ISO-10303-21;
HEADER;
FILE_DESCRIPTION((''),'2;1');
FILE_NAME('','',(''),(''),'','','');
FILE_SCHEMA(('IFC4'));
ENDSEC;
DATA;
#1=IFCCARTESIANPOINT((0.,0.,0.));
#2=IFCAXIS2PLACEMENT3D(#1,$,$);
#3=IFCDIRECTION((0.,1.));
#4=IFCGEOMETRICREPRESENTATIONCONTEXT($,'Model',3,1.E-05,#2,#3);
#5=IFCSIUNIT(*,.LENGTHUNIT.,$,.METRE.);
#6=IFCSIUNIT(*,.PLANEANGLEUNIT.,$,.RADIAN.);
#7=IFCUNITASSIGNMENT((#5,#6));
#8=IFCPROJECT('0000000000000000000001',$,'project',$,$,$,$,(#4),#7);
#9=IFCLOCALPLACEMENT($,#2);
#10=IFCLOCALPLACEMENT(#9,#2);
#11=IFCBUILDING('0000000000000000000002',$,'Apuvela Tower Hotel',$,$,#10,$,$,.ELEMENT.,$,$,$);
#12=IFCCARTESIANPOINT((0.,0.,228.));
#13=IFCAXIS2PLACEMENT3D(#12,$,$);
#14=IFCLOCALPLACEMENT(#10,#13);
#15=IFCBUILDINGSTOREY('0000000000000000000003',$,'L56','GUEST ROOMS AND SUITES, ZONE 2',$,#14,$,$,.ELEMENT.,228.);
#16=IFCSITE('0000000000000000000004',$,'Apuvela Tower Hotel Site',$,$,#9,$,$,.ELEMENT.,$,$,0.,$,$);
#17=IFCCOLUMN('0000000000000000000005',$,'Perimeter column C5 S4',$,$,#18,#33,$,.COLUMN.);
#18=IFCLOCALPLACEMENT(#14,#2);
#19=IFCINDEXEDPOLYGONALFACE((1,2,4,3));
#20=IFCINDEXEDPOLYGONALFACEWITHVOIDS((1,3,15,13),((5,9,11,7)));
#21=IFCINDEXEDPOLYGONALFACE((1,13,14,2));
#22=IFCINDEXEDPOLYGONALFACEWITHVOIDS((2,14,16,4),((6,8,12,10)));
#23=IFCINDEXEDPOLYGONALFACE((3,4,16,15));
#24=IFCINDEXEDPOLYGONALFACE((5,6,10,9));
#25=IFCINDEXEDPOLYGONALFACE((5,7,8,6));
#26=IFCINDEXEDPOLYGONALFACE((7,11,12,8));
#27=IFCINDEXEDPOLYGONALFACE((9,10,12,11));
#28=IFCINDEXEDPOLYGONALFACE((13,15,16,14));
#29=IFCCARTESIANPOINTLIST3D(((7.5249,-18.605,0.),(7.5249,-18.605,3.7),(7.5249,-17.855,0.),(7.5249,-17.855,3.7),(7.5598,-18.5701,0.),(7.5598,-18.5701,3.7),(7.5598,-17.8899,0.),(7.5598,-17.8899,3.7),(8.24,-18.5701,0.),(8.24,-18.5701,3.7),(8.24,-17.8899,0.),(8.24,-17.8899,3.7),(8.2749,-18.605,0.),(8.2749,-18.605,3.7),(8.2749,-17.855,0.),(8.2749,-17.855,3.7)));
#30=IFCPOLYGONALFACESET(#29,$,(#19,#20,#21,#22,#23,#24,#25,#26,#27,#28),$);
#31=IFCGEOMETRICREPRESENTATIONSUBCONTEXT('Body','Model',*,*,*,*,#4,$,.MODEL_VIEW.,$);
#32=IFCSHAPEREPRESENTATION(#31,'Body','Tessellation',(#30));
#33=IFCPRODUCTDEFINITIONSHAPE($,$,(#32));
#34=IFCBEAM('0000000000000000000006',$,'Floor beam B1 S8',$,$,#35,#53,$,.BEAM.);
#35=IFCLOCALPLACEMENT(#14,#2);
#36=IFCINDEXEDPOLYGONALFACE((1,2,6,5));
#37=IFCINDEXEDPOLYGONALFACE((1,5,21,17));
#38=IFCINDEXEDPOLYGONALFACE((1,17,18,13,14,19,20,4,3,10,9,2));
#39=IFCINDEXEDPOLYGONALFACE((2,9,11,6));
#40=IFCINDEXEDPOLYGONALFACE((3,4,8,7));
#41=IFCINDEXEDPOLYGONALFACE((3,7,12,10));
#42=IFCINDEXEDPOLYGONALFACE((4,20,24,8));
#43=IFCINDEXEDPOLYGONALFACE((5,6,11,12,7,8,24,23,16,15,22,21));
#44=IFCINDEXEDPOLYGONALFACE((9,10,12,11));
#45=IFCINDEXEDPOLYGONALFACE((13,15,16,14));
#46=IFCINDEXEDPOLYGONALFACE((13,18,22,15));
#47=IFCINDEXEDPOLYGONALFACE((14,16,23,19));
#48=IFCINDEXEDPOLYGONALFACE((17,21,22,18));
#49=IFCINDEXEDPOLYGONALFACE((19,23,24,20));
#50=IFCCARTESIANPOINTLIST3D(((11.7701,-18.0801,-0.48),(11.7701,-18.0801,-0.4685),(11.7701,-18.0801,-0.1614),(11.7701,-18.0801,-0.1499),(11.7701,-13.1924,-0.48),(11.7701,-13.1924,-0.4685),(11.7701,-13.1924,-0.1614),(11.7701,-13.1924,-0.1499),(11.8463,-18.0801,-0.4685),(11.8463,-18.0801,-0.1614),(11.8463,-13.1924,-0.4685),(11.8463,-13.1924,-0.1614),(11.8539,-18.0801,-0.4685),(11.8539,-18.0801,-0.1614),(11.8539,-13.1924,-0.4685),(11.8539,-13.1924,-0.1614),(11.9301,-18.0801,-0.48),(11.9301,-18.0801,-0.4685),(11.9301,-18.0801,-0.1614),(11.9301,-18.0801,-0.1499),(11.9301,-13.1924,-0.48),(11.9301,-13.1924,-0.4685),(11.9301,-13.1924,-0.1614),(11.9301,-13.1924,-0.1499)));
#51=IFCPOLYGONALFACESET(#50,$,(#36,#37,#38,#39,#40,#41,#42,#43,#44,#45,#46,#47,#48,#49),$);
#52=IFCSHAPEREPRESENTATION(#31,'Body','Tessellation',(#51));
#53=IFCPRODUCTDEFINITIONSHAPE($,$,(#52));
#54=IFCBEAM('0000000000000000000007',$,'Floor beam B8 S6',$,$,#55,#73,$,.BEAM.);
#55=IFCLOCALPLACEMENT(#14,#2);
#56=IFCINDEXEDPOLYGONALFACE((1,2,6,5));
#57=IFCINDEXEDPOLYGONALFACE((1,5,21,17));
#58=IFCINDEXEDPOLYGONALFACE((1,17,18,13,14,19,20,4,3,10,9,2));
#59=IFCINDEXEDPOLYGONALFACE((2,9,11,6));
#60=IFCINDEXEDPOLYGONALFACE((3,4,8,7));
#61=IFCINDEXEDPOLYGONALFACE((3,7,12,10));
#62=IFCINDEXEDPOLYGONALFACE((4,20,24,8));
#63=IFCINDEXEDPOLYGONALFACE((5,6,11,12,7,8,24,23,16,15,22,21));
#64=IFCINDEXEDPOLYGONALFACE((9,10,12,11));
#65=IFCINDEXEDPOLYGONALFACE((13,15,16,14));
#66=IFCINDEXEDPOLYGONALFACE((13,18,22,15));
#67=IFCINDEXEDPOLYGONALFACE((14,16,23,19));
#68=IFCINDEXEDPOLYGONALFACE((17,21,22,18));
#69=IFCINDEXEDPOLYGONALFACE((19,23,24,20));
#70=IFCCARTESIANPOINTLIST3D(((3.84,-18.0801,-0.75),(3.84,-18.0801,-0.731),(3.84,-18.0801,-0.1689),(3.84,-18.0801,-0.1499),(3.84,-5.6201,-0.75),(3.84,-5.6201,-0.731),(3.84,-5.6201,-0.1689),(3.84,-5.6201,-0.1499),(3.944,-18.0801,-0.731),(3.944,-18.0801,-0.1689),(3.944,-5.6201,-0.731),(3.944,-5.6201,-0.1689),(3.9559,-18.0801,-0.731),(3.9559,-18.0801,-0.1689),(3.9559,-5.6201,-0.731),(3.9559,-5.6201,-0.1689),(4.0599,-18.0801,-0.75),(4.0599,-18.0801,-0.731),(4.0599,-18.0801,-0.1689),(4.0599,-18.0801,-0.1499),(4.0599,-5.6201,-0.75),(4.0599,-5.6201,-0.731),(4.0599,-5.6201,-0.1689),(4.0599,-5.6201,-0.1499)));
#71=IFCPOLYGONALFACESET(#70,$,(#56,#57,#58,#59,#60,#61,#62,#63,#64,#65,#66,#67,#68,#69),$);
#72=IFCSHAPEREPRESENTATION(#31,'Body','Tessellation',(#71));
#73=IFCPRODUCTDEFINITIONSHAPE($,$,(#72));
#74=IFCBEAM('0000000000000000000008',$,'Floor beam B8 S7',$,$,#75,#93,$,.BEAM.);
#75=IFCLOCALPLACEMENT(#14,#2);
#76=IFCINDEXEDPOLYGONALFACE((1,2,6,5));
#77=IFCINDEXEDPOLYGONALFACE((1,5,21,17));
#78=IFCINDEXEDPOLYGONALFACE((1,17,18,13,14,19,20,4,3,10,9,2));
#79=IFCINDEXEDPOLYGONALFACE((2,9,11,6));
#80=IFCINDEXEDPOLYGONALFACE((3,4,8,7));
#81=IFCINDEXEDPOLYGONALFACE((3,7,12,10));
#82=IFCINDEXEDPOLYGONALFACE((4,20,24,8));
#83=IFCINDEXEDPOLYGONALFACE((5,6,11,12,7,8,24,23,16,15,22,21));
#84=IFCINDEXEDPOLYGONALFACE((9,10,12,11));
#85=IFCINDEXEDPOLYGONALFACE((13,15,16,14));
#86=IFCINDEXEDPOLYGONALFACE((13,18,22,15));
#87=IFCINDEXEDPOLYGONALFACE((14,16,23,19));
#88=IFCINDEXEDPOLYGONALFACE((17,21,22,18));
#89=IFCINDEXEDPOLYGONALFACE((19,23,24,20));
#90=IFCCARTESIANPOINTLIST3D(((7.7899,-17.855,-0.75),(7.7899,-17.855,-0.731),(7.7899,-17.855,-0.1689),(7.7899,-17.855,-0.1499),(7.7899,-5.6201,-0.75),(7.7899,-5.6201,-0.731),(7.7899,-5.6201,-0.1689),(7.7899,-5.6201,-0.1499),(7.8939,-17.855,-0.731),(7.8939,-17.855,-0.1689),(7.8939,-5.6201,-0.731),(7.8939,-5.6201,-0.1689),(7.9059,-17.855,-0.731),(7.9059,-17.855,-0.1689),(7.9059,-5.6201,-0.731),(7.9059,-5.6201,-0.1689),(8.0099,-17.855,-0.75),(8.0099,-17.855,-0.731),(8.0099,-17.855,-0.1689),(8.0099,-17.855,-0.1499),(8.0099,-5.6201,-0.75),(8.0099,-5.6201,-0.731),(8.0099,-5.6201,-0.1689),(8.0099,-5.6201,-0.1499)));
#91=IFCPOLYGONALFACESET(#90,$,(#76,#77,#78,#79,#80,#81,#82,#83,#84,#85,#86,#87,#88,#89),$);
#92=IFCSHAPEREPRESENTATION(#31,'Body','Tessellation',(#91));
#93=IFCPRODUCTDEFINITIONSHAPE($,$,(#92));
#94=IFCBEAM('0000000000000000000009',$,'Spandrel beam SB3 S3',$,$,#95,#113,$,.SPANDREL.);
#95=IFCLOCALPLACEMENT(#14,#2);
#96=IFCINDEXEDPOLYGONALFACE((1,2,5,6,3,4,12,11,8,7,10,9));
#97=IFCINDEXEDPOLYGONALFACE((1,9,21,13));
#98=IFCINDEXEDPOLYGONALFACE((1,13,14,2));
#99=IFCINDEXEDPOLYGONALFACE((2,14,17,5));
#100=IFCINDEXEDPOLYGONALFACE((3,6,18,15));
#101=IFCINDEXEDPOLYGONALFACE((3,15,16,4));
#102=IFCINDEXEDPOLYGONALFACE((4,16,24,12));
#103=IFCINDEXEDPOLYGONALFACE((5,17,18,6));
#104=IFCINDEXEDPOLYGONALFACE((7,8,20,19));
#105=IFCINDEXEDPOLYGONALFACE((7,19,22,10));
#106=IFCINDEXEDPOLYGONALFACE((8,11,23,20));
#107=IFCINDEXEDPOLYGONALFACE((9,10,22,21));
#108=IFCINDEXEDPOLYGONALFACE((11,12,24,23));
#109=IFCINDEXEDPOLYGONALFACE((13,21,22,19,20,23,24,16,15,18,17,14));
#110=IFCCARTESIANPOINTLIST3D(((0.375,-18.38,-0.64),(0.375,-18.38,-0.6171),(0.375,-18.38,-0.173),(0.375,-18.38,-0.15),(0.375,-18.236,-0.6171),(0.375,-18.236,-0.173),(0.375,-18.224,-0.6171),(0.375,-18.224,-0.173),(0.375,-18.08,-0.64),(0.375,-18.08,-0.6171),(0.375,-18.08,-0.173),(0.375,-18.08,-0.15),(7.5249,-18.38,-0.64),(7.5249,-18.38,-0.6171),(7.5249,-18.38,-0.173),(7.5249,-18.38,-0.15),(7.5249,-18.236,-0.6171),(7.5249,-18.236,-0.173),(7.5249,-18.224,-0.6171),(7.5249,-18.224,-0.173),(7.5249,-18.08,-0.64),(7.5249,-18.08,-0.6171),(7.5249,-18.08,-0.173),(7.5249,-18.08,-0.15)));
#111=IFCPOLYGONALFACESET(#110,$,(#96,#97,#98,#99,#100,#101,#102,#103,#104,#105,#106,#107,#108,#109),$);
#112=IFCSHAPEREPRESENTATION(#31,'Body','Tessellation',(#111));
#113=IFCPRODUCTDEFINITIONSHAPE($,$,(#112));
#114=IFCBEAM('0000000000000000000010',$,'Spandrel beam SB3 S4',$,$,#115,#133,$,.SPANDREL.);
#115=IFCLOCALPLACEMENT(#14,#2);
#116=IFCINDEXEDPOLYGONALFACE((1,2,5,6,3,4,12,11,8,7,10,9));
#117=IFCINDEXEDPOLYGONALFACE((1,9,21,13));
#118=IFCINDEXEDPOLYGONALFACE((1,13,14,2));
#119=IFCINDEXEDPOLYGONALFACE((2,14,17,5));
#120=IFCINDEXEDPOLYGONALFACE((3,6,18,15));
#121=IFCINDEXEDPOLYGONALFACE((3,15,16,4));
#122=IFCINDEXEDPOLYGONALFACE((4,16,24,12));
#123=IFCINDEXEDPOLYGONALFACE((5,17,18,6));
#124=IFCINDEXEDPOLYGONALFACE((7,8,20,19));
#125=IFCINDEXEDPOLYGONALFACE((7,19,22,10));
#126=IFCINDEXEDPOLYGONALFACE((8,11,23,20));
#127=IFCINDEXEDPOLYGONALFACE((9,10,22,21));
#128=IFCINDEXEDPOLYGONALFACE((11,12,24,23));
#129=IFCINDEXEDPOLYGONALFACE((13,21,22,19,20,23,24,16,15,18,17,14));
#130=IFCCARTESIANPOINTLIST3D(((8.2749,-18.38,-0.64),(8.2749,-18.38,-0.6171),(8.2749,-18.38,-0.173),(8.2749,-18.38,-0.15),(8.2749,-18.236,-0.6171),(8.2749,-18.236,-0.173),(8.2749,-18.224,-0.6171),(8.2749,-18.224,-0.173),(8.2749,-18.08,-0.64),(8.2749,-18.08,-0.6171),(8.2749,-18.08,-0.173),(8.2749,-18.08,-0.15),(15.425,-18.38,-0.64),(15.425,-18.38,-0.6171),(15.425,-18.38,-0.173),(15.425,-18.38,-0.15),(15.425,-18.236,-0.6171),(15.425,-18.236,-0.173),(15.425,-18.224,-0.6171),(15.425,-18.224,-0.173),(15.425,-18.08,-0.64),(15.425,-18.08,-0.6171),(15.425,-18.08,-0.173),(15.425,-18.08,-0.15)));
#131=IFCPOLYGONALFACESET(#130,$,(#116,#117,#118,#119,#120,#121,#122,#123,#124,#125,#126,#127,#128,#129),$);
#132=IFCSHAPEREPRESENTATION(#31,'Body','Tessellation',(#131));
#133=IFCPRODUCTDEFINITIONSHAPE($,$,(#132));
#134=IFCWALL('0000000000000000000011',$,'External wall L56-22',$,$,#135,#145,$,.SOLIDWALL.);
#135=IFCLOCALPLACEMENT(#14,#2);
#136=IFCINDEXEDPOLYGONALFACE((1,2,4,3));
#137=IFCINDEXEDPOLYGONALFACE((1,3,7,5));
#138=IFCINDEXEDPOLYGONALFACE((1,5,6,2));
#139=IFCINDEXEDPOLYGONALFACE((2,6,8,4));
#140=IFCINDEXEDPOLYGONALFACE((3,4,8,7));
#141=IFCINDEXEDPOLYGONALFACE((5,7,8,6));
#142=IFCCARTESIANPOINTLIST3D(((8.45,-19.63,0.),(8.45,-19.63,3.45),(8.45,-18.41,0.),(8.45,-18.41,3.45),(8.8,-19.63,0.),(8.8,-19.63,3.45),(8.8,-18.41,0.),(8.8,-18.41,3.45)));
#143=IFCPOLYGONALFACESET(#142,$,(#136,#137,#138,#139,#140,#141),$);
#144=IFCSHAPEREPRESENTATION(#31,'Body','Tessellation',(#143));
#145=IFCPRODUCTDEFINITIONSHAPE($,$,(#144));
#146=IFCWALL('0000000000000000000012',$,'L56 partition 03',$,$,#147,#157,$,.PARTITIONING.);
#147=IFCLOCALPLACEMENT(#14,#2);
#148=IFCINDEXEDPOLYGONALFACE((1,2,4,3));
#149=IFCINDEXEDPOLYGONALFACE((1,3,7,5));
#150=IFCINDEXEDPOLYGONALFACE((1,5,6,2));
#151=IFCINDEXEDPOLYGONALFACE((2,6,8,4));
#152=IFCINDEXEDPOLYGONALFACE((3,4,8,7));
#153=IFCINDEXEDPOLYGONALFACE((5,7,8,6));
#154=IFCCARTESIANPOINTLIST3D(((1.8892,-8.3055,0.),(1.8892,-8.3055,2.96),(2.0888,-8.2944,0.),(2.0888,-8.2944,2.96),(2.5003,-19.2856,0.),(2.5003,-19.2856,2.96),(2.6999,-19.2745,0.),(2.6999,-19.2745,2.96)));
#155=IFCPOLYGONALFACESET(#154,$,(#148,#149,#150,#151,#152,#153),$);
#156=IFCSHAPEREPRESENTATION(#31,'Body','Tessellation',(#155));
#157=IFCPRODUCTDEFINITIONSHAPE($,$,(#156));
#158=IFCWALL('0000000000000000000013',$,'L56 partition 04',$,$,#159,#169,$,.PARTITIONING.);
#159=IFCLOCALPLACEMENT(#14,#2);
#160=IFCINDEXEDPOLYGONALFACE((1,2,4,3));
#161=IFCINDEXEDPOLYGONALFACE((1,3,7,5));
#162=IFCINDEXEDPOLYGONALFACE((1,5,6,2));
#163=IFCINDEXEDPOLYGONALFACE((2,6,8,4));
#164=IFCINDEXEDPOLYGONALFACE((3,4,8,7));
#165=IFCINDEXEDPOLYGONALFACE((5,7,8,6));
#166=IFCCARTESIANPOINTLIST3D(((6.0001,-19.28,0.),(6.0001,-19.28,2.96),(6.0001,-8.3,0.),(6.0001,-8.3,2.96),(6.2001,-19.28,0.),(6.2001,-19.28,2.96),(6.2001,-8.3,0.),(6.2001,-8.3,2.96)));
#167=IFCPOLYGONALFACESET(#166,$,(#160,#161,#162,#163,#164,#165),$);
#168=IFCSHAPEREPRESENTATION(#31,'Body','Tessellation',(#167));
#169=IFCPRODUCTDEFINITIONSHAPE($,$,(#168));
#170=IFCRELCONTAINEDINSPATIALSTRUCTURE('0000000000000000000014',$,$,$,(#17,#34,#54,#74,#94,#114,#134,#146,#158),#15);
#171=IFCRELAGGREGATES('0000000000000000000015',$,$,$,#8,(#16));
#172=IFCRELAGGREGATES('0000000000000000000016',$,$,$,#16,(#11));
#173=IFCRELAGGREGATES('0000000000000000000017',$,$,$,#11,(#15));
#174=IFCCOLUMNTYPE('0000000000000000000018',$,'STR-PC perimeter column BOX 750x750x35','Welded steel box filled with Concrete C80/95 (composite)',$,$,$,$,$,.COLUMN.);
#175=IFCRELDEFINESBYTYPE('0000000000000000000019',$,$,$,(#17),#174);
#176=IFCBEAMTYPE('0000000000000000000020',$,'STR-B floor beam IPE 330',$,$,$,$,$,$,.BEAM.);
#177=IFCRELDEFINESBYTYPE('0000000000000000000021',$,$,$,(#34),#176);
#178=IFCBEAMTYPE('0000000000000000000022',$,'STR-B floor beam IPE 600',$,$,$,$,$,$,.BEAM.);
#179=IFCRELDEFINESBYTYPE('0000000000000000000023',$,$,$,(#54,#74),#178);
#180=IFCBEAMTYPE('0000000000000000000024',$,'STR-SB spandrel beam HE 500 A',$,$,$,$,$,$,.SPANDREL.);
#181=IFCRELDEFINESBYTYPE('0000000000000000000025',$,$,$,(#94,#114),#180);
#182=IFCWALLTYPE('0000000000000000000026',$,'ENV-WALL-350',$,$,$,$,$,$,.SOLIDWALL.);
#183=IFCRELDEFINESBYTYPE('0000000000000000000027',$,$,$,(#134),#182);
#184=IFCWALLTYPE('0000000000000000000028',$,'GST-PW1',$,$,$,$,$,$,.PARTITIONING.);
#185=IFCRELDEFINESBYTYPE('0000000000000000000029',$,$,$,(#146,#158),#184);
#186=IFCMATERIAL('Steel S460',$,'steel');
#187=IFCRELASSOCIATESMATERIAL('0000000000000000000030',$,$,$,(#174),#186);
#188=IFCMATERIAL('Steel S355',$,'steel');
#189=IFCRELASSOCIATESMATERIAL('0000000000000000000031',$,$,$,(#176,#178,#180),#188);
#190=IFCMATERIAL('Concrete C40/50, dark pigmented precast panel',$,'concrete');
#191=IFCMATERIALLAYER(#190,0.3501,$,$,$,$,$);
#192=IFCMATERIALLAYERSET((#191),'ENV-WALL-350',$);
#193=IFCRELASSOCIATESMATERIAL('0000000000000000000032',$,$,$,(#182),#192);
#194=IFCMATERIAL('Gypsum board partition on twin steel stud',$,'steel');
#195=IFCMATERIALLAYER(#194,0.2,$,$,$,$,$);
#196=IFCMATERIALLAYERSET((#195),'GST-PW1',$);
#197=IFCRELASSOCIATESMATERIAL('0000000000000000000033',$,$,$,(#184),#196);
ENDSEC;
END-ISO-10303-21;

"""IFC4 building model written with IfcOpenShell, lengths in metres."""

from ifc_helpers import new_model, si_unit, direction, frame, frame_2d, origin, origin_2d, place, context, subcontext, project, spatial, rectangle, hollow_rectangle, i_section, extrude, material, layer, layer_set, material_profile, profile_set, type_object, element, save


model = new_model("IFC4")

# Units and contexts
model_context = context("Model", 3, precision=1e-05, world=origin(), true_north=direction((0.0, 1.0)))
body_context = subcontext(model_context, "Body", "Model", "MODEL_VIEW")
ifc_project = project(units=[si_unit("LENGTHUNIT", "METRE"), si_unit("PLANEANGLEUNIT", "RADIAN")], contexts=[model_context])

# Site, building, storey
site_placement = place(None, origin())
site = spatial("IfcSite", under=ifc_project, at=site_placement, Name="Apuvela Tower Hotel Site", CompositionType="ELEMENT", RefElevation=0.0)
building_placement = place(site_placement, origin())
building = spatial("IfcBuilding", under=site, at=building_placement, Name="Apuvela Tower Hotel", CompositionType="ELEMENT")
storey_placement = place(building_placement, frame((0.0, 0.0, 228.0)))
storey = spatial("IfcBuildingStorey", under=building, at=storey_placement, Name="L56", Description="GUEST ROOMS AND SUITES, ZONE 2", CompositionType="ELEMENT", Elevation=228.0)

# Column
ifc_material_1 = material(Name="Steel S460", Category="steel")
ifc_material_profile_1 = material_profile(ifc_material_1, hollow_rectangle(XDim=0.75, YDim=0.75, WallThickness=0.0349, at=origin_2d()), Name="BOX 750x750x35")
ifc_material_2 = material(Name="Concrete C80/95", Category="concrete")
ifc_material_profile_2 = material_profile(ifc_material_2, rectangle(XDim=0.6799, YDim=0.6799, at=origin_2d()), Name="Concrete C80/95 infill")
ifc_profile_set_1 = profile_set([ifc_material_profile_1, ifc_material_profile_2], Name="Steel S460")
column_type = type_object("IfcColumnType", Name="STR-PC perimeter column BOX 750x750x35", Description="Welded steel box filled with Concrete C80/95 (composite)", PredefinedType="COLUMN", material=ifc_profile_set_1)
column_placement = place(storey_placement, frame((7.8999, -18.23, 0.0), z_axis=(0.0, 0.0, 1.0), x_axis=(-1.0, 0.0, 0.0)))
element("IfcColumn", 1, at=column_placement, inside=storey, type_object=column_type, Name="Perimeter column C5 S4", PredefinedType="COLUMN", context=body_context, shape_type="SweptSolid", body=[
    extrude(hollow_rectangle(XDim=0.75, YDim=0.75, WallThickness=0.0349, at=origin_2d()), origin(), (0.0, 0.0, 1.0), 3.7),
])

# Beams
ifc_material_3 = material(Name="Steel S355", Category="steel")
ifc_material_profile_3 = material_profile(ifc_material_3, i_section(OverallWidth=0.1599, OverallDepth=0.3301, WebThickness=0.0076, FlangeThickness=0.0115, at=origin_2d()), Name="IPE 330")
ifc_profile_set_2 = profile_set([ifc_material_profile_3], Name="Steel S355")
beam_type_1 = type_object("IfcBeamType", Name="STR-B floor beam IPE 330", PredefinedType="BEAM", material=ifc_profile_set_2)
beam_1_placement = place(storey_placement, frame((11.8501, -18.0801, -0.3149), z_axis=(0.0, 1.0, 0.0), x_axis=(-1.0, 0.0, 0.0)))
element("IfcBeam", 2, at=beam_1_placement, inside=storey, type_object=beam_type_1, Name="Floor beam B1 S8", PredefinedType="BEAM", context=body_context, shape_type="SweptSolid", body=[
    extrude(i_section(OverallWidth=0.1599, OverallDepth=0.3301, WebThickness=0.0076, FlangeThickness=0.0115, at=origin_2d()), origin(), (0.0, 0.0, 1.0), 4.8877),
])
ifc_material_profile_4 = material_profile(ifc_material_3, i_section(OverallWidth=0.22, OverallDepth=0.6001, WebThickness=0.012, FlangeThickness=0.019, at=origin_2d()), Name="IPE 600")
ifc_profile_set_3 = profile_set([ifc_material_profile_4], Name="Steel S355")
beam_type_2 = type_object("IfcBeamType", Name="STR-B floor beam IPE 600", PredefinedType="BEAM", material=ifc_profile_set_3)
beam_2_placement = place(storey_placement, frame((3.95, -18.0801, -0.45), z_axis=(0.0, 1.0, 0.0), x_axis=(-1.0, 0.0, 0.0)))
element("IfcBeam", 3, at=beam_2_placement, inside=storey, type_object=beam_type_2, Name="Floor beam B8 S6", PredefinedType="BEAM", context=body_context, shape_type="SweptSolid", body=[
    extrude(i_section(OverallWidth=0.22, OverallDepth=0.6001, WebThickness=0.012, FlangeThickness=0.019, at=origin_2d()), origin(), (0.0, 0.0, 1.0), 12.46),
])
beam_3_placement = place(storey_placement, frame((7.8999, -17.855, -0.45), z_axis=(0.0, 1.0, 0.0), x_axis=(-1.0, 0.0, 0.0)))
element("IfcBeam", 4, at=beam_3_placement, inside=storey, type_object=beam_type_2, Name="Floor beam B8 S7", PredefinedType="BEAM", context=body_context, shape_type="SweptSolid", body=[
    extrude(i_section(OverallWidth=0.22, OverallDepth=0.6001, WebThickness=0.012, FlangeThickness=0.019, at=origin_2d()), origin(), (0.0, 0.0, 1.0), 12.2349),
])
ifc_material_profile_5 = material_profile(ifc_material_3, i_section(OverallWidth=0.3, OverallDepth=0.49, WebThickness=0.012, FlangeThickness=0.0229, at=origin_2d()), Name="HE 500 A")
ifc_profile_set_4 = profile_set([ifc_material_profile_5], Name="Steel S355")
beam_type_3 = type_object("IfcBeamType", Name="STR-SB spandrel beam HE 500 A", PredefinedType="SPANDREL", material=ifc_profile_set_4)
beam_4_placement = place(storey_placement, frame((0.375, -18.23, -0.395), z_axis=(1.0, 0.0, 0.0), x_axis=(0.0, 1.0, 0.0)))
element("IfcBeam", 5, at=beam_4_placement, inside=storey, type_object=beam_type_3, Name="Spandrel beam SB3 S3", PredefinedType="SPANDREL", context=body_context, shape_type="SweptSolid", body=[
    extrude(i_section(OverallWidth=0.3, OverallDepth=0.49, WebThickness=0.012, FlangeThickness=0.0229, at=origin_2d()), origin(), (0.0, 0.0, 1.0), 7.1499),
])
beam_5_placement = place(storey_placement, frame((8.2749, -18.23, -0.395), z_axis=(1.0, 0.0, 0.0), x_axis=(0.0, 1.0, 0.0)))
element("IfcBeam", 6, at=beam_5_placement, inside=storey, type_object=beam_type_3, Name="Spandrel beam SB3 S4", PredefinedType="SPANDREL", context=body_context, shape_type="SweptSolid", body=[
    extrude(i_section(OverallWidth=0.3, OverallDepth=0.49, WebThickness=0.012, FlangeThickness=0.0229, at=origin_2d()), origin(), (0.0, 0.0, 1.0), 7.1501),
])

# Wall
ifc_material_4 = material(Name="Concrete C40/50, dark pigmented precast panel", Category="concrete")
ifc_layer_1 = layer(ifc_material_4, 0.3501)
ifc_layer_set_1 = layer_set([ifc_layer_1], Name="ENV-WALL-350")
wall_type_1 = type_object("IfcWallType", Name="ENV-WALL-350", PredefinedType="SOLIDWALL", material=ifc_layer_set_1)
wall_1_placement = place(storey_placement, frame((8.625, -19.6299, 0.0), z_axis=(0.0, 0.0, 1.0), x_axis=(0.0, 1.0, 0.0)))
element("IfcWall", 7, at=wall_1_placement, inside=storey, type_object=wall_type_1, Name="External wall L56-22", PredefinedType="SOLIDWALL", context=body_context, shape_type="SweptSolid", body=[
    extrude(rectangle(XDim=1.22, YDim=0.3501, at=frame_2d((0.6099, 0.0))), origin(), (0.0, 0.0, 1.0), 3.45),
])

# Walls
ifc_material_5 = material(Name="Gypsum board partition on twin steel stud", Category="steel")
ifc_layer_2 = layer(ifc_material_5, 0.2)
ifc_layer_set_2 = layer_set([ifc_layer_2], Name="GST-PW1")
wall_type_2 = type_object("IfcWallType", Name="GST-PW1", PredefinedType="PARTITIONING", material=ifc_layer_set_2)
wall_2_placement = place(storey_placement, frame((2.6001, -19.28, 0.0), z_axis=(0.0, 0.0, 1.0), x_axis=(-0.055568, 0.998455, 0.0)))
element("IfcWall", 8, at=wall_2_placement, inside=storey, type_object=wall_type_2, Name="L56 partition 03", PredefinedType="PARTITIONING", context=body_context, shape_type="SweptSolid", body=[
    extrude(rectangle(XDim=10.9971, YDim=0.2, at=frame_2d((5.4985, 0.0))), origin(), (0.0, 0.0, 1.0), 2.96),
])
wall_3_placement = place(storey_placement, frame((6.1001, -19.28, 0.0), z_axis=(0.0, 0.0, 1.0), x_axis=(0.0, 1.0, 0.0)))
element("IfcWall", 9, at=wall_3_placement, inside=storey, type_object=wall_type_2, Name="L56 partition 04", PredefinedType="PARTITIONING", context=body_context, shape_type="SweptSolid", body=[
    extrude(rectangle(XDim=10.98, YDim=0.2, at=frame_2d((5.49, 0.0))), origin(), (0.0, 0.0, 1.0), 2.96),
])

save(model, "model.ifc")
